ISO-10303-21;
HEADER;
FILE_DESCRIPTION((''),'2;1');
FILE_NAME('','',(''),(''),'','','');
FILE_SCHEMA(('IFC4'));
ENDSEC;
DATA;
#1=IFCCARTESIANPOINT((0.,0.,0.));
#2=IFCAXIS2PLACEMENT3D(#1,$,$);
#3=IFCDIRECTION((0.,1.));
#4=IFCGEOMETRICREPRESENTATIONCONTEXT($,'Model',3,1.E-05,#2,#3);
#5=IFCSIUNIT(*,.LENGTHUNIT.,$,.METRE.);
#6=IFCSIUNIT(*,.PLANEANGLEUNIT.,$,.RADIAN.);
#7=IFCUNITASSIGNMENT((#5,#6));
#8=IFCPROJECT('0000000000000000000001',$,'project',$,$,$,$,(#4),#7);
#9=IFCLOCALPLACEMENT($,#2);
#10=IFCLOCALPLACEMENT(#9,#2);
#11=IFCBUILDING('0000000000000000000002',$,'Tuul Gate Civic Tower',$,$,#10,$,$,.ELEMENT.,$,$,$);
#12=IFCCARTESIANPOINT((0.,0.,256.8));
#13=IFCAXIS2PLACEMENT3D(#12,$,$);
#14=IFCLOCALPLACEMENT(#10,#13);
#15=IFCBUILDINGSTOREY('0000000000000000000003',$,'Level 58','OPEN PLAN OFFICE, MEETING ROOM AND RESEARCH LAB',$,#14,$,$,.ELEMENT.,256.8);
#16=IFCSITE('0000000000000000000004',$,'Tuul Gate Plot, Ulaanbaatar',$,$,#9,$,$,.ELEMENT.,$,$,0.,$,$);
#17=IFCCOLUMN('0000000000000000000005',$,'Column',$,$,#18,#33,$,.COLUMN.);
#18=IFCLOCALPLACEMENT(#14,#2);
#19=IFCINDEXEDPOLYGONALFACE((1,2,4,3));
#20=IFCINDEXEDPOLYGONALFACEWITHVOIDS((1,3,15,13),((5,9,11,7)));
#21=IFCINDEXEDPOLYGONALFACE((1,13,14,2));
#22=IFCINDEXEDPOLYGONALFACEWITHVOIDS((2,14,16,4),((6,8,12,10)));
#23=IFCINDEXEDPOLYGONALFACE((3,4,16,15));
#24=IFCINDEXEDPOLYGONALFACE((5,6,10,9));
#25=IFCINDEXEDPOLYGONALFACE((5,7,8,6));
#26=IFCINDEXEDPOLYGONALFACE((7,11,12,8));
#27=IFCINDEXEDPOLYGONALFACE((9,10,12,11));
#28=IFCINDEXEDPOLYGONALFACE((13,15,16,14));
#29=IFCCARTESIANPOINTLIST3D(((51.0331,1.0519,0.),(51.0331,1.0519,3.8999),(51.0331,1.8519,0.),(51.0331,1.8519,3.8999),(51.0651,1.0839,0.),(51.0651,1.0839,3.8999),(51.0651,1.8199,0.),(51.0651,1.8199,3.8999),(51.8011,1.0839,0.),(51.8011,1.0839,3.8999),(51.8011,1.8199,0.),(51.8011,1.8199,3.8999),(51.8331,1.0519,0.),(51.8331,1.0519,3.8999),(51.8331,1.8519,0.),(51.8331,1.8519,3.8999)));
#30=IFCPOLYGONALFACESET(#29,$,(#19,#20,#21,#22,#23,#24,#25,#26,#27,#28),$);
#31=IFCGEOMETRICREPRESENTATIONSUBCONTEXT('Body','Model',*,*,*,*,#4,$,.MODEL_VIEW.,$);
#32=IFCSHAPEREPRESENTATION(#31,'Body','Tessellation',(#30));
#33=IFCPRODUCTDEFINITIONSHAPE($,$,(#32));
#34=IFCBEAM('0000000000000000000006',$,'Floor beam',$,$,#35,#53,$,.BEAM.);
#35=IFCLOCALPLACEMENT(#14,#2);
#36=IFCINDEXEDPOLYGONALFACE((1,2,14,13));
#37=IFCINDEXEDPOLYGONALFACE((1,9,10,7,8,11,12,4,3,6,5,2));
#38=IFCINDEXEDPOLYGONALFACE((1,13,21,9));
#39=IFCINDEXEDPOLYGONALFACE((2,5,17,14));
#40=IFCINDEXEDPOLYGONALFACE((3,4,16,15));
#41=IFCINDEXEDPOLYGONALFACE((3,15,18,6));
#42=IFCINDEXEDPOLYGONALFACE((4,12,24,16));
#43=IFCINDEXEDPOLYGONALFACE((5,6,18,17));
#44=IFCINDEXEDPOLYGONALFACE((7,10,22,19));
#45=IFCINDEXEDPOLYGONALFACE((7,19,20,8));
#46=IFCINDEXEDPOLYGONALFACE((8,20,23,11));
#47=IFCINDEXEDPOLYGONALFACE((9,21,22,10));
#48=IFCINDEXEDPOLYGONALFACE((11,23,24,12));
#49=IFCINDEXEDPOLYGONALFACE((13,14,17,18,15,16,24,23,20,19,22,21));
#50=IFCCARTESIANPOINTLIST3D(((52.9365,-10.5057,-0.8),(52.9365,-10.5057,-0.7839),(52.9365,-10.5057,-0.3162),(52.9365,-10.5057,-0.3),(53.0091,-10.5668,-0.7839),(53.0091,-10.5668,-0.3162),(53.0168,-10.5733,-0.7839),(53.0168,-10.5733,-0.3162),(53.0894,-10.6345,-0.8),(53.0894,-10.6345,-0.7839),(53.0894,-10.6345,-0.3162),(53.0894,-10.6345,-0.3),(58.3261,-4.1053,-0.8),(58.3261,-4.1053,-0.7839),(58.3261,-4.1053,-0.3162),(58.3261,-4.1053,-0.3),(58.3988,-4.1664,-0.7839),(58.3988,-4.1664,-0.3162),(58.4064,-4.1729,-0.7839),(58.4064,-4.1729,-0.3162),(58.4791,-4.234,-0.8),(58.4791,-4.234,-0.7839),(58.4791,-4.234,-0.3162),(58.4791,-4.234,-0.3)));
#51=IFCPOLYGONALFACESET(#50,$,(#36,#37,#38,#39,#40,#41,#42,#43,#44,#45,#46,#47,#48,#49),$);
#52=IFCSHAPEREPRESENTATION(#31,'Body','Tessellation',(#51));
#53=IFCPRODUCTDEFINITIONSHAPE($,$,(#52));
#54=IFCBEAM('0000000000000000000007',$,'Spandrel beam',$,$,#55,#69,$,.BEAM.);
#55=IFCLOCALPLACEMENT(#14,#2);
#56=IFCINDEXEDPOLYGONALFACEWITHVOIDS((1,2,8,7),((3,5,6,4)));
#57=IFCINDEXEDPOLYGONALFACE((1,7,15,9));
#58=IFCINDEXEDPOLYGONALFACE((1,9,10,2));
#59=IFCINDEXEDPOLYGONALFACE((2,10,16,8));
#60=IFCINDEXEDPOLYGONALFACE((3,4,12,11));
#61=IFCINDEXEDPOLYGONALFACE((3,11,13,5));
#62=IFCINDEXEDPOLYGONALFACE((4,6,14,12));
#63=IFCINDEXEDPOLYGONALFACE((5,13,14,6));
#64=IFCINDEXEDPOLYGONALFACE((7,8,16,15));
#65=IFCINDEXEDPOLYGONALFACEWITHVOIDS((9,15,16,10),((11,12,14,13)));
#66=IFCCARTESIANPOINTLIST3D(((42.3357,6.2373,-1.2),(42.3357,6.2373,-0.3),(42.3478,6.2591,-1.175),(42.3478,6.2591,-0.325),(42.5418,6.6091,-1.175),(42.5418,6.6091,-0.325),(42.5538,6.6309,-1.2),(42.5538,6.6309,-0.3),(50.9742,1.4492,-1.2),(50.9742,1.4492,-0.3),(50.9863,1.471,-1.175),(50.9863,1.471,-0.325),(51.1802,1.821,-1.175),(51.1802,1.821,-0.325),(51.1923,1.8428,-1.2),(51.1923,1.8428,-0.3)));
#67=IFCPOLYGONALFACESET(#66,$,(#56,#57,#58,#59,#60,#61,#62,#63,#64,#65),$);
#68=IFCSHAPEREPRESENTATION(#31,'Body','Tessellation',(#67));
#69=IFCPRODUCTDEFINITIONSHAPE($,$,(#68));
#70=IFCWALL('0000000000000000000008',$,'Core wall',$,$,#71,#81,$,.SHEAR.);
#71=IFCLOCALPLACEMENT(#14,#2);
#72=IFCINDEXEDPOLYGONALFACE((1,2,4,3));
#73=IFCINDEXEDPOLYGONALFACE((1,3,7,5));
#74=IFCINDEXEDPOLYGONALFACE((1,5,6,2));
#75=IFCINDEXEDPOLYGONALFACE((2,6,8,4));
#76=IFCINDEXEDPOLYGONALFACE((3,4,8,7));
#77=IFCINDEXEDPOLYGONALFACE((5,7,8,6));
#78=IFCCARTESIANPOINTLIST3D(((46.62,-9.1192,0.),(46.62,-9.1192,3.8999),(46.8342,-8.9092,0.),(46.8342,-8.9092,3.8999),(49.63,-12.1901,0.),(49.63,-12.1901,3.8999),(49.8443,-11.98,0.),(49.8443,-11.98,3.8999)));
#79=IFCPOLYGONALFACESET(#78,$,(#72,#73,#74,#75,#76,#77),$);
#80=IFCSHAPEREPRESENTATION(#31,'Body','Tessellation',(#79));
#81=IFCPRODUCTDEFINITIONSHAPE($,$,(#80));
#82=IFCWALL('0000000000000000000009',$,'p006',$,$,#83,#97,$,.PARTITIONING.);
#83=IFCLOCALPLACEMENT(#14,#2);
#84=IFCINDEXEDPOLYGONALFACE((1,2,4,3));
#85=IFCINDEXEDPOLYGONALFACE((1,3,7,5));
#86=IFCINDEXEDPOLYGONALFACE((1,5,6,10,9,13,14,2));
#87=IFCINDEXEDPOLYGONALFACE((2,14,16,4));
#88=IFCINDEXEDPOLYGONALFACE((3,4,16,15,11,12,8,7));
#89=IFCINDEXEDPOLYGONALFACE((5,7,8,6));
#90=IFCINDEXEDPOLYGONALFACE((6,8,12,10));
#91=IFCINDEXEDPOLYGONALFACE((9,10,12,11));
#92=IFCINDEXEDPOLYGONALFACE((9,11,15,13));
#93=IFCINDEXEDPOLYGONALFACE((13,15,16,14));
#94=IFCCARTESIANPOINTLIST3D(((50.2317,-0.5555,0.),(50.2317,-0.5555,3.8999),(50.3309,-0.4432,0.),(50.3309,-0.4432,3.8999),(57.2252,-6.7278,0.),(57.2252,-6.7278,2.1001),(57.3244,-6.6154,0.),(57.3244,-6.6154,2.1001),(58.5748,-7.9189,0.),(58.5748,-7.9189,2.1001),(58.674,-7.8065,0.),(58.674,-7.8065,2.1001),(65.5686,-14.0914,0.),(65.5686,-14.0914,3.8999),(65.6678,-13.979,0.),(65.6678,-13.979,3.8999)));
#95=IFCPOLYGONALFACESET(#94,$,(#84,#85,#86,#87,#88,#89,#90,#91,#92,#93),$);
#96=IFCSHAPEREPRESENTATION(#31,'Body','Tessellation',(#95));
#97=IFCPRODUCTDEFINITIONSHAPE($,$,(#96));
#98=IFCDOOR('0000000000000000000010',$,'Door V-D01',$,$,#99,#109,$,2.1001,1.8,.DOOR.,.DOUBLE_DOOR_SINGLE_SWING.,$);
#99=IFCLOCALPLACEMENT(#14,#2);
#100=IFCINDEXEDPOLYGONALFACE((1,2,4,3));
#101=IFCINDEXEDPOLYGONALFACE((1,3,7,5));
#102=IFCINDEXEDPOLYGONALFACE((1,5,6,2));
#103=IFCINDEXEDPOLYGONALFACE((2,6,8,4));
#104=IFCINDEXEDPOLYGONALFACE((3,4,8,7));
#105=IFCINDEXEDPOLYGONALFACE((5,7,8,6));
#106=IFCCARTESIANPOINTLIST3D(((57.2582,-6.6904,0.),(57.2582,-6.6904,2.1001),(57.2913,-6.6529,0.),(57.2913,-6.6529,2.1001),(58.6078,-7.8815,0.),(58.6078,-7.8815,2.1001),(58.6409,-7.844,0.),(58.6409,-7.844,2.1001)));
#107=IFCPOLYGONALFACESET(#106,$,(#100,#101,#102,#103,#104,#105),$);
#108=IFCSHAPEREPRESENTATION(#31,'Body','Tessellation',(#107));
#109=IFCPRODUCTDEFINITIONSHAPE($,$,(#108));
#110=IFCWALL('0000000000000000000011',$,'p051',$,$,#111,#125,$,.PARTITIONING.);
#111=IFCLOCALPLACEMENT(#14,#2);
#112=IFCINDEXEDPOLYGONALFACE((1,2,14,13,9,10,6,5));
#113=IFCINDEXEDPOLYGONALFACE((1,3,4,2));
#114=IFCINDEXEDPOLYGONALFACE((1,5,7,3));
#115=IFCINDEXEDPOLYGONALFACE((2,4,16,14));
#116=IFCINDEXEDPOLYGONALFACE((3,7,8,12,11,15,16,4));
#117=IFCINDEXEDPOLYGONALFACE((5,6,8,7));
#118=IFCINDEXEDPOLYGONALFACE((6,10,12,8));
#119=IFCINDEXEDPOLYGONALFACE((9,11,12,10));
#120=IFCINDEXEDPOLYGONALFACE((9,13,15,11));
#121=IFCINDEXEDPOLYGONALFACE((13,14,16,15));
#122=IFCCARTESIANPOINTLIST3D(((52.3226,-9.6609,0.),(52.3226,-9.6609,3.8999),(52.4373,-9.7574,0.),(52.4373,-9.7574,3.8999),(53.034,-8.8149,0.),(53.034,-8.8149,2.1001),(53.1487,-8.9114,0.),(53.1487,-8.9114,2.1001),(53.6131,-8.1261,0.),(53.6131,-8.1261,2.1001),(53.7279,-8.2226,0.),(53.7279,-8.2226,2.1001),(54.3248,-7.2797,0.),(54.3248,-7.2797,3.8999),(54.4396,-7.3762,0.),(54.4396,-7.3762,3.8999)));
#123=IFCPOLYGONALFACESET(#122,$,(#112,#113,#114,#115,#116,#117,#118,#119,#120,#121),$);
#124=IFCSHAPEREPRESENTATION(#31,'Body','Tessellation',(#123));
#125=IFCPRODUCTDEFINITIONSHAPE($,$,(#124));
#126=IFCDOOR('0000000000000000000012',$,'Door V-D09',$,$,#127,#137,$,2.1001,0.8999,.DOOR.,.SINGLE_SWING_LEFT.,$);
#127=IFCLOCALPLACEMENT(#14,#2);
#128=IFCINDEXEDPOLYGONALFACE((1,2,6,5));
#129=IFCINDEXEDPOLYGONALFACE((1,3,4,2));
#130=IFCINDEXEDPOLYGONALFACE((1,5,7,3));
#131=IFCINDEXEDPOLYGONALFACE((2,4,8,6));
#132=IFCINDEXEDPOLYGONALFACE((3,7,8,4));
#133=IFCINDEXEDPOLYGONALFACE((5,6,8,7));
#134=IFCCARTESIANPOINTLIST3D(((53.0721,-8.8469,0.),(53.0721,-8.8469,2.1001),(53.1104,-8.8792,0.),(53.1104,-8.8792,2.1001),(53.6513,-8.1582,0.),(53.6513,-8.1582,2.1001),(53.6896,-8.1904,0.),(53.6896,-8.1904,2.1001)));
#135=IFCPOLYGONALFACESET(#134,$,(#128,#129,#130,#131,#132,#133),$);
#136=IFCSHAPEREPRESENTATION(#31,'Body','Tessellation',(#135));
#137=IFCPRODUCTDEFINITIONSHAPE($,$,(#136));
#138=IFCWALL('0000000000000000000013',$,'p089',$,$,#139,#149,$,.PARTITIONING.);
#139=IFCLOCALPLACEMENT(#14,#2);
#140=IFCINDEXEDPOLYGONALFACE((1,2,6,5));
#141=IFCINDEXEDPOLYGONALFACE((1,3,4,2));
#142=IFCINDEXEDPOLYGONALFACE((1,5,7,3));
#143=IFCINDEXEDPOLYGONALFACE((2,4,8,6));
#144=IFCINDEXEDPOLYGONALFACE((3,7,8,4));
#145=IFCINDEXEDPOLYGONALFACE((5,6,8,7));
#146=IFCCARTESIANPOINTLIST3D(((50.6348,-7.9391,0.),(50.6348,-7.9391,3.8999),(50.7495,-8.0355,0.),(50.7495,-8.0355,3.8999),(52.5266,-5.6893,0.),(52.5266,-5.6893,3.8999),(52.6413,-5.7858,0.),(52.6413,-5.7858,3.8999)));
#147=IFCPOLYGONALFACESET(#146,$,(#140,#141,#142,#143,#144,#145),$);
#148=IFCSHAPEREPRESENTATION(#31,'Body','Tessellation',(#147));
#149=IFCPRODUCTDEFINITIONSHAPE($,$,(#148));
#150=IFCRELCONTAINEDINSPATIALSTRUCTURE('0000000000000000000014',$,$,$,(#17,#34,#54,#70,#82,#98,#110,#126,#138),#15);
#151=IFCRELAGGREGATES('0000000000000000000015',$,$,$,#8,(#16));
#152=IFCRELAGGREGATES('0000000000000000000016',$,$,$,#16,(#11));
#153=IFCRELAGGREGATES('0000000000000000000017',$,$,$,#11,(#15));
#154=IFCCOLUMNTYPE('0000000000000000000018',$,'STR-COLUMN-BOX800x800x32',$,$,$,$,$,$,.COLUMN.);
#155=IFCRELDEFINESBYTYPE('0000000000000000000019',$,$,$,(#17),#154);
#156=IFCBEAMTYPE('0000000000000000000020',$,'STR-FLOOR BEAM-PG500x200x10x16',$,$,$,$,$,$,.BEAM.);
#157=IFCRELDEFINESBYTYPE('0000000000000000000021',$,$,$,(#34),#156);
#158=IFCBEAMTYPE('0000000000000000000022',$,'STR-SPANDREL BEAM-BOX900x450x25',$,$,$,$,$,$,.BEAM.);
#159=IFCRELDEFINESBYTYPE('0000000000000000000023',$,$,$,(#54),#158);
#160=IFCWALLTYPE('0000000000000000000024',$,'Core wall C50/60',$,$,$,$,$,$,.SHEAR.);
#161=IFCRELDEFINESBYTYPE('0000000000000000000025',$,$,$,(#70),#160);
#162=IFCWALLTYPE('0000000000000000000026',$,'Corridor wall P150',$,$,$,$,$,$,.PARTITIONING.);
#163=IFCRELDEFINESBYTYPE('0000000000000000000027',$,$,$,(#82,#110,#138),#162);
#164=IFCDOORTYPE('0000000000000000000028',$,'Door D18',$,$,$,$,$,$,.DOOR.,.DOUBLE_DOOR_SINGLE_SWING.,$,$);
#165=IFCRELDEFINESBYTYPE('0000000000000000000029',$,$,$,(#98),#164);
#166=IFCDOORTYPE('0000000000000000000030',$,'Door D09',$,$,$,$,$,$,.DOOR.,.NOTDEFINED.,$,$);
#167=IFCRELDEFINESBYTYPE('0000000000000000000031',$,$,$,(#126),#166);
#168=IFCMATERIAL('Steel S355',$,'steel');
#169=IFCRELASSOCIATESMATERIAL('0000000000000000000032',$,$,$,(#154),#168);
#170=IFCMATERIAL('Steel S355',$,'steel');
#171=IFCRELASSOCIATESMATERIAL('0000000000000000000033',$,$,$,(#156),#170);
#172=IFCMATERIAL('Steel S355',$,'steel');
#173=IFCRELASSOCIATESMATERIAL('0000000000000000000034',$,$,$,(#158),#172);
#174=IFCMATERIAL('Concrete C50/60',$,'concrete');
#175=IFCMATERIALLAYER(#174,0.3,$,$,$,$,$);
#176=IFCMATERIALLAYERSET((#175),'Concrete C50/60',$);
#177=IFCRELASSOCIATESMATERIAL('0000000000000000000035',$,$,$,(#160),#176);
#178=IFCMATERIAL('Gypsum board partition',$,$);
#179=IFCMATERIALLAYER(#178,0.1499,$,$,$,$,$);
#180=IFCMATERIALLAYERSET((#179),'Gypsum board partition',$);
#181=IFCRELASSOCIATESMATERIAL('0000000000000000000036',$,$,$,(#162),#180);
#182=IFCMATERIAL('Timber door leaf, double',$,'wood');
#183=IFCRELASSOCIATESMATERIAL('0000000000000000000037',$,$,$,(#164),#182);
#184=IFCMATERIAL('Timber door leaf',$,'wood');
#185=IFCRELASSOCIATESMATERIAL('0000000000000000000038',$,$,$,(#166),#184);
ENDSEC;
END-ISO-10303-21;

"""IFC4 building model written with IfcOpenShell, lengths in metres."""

from ifc_helpers import new_model, si_unit, direction, frame, frame_2d, origin, origin_2d, place, context, subcontext, project, spatial, rectangle, hollow_rectangle, i_section, extrude, material, layer, layer_set, material_profile, profile_set, type_object, element, fill, save


model = new_model("IFC4")

# Units and contexts
model_context = context("Model", 3, precision=1e-05, world=origin(), true_north=direction((0.0, 1.0)))
body_context = subcontext(model_context, "Body", "Model", "MODEL_VIEW")
ifc_project = project(units=[si_unit("LENGTHUNIT", "METRE"), si_unit("PLANEANGLEUNIT", "RADIAN")], contexts=[model_context])

# Site, building, storey
site_placement = place(None, origin())
site = spatial("IfcSite", under=ifc_project, at=site_placement, Name="Tuul Gate Plot, Ulaanbaatar", CompositionType="ELEMENT", RefElevation=0.0)
building_placement = place(site_placement, origin())
building = spatial("IfcBuilding", under=site, at=building_placement, Name="Tuul Gate Civic Tower", CompositionType="ELEMENT")
storey_placement = place(building_placement, frame((0.0, 0.0, 256.8)))
storey = spatial("IfcBuildingStorey", under=building, at=storey_placement, Name="Level 58", Description="OPEN PLAN OFFICE, MEETING ROOM AND RESEARCH LAB", CompositionType="ELEMENT", Elevation=256.8)

# Column
ifc_material_1 = material(Name="Steel S355", Category="steel")
ifc_material_profile_1 = material_profile(ifc_material_1, hollow_rectangle(XDim=0.8, YDim=0.8, WallThickness=0.032, at=origin_2d()), Name="BOX800x800x32")
ifc_profile_set_1 = profile_set([ifc_material_profile_1], Name="Steel S355")
column_type = type_object("IfcColumnType", Name="STR-COLUMN-BOX800x800x32", PredefinedType="COLUMN", material=ifc_profile_set_1)
column_placement = place(storey_placement, frame((51.4331, 1.4519, 0.0), z_axis=(0.0, 0.0, 1.0), x_axis=(1.0, 0.0, 0.0)))
element("IfcColumn", 1, at=column_placement, inside=storey, type_object=column_type, Name="Column", PredefinedType="COLUMN", context=body_context, shape_type="SweptSolid", body=[
    extrude(hollow_rectangle(XDim=0.8, YDim=0.8, WallThickness=0.032, at=origin_2d()), origin(), (0.0, 0.0, 1.0), 3.8999),
])

# Beams
ifc_material_2 = material(Name="Steel S355", Category="steel")
ifc_material_profile_2 = material_profile(ifc_material_2, i_section(OverallWidth=0.2, OverallDepth=0.5, WebThickness=0.01, FlangeThickness=0.0161, at=origin_2d()), Name="PG500x200x10x16")
ifc_profile_set_2 = profile_set([ifc_material_profile_2], Name="Steel S355")
beam_type_1 = type_object("IfcBeamType", Name="STR-FLOOR BEAM-PG500x200x10x16", PredefinedType="BEAM", material=ifc_profile_set_2)
beam_1_placement = place(storey_placement, frame((53.0129, -10.5701, -0.55), z_axis=(0.644125, 0.76492, 0.0), x_axis=(-0.76492, 0.644125, 0.0)))
element("IfcBeam", 2, at=beam_1_placement, inside=storey, type_object=beam_type_1, Name="Floor beam", PredefinedType="BEAM", context=body_context, shape_type="SweptSolid", body=[
    extrude(i_section(OverallWidth=0.2, OverallDepth=0.5, WebThickness=0.01, FlangeThickness=0.0161, at=origin_2d()), origin(), (0.0, 0.0, 1.0), 8.3674),
])
ifc_material_3 = material(Name="Steel S355", Category="steel")
ifc_material_profile_3 = material_profile(ifc_material_3, hollow_rectangle(XDim=0.45, YDim=0.8999, WallThickness=0.0249, at=origin_2d()), Name="BOX900x450x25")
ifc_profile_set_3 = profile_set([ifc_material_profile_3], Name="Steel S355")
beam_type_2 = type_object("IfcBeamType", Name="STR-SPANDREL BEAM-BOX900x450x25", PredefinedType="BEAM", material=ifc_profile_set_3)
beam_2_placement = place(storey_placement, frame((51.0833, 1.646, -0.75), z_axis=(-0.874631, 0.484788, 0.0), x_axis=(-0.484788, -0.874631, 0.0)))
element("IfcBeam", 3, at=beam_2_placement, inside=storey, type_object=beam_type_2, Name="Spandrel beam", PredefinedType="BEAM", context=body_context, shape_type="SweptSolid", body=[
    extrude(hollow_rectangle(XDim=0.45, YDim=0.8999, WallThickness=0.0249, at=origin_2d()), origin(), (0.0, 0.0, 1.0), 9.8767),
])

# Wall
ifc_material_4 = material(Name="Concrete C50/60", Category="concrete")
ifc_layer_1 = layer(ifc_material_4, 0.3)
ifc_layer_set_1 = layer_set([ifc_layer_1], Name="Concrete C50/60")
wall_type_1 = type_object("IfcWallType", Name="Core wall C50/60", PredefinedType="SHEAR", material=ifc_layer_set_1)
wall_1_placement = place(storey_placement, frame((49.7371, -12.085, 0.0), z_axis=(0.0, 0.0, 1.0), x_axis=(-0.700003, 0.71414, 0.0)))
element("IfcWall", 4, at=wall_1_placement, inside=storey, type_object=wall_type_1, Name="Core wall", PredefinedType="SHEAR", context=body_context, shape_type="SweptSolid", body=[
    extrude(rectangle(XDim=4.3, YDim=0.3, at=frame_2d((2.1499, 0.0))), origin(), (0.0, 0.0, 1.0), 3.8999),
])

# Walls, openings, doors
ifc_material_5 = material(Name="Gypsum board partition")
ifc_layer_2 = layer(ifc_material_5, 0.1499)
ifc_layer_set_2 = layer_set([ifc_layer_2], Name="Gypsum board partition")
wall_type_2 = type_object("IfcWallType", Name="Corridor wall P150", PredefinedType="PARTITIONING", material=ifc_layer_set_2)
wall_2_placement = place(storey_placement, frame((50.2812, -0.4993, 0.0), z_axis=(0.0, 0.0, 1.0), x_axis=(0.749757, -0.661713, 0.0)))
wall_2 = element("IfcWall", 5, at=wall_2_placement, inside=storey, type_object=wall_type_2, Name="p006", PredefinedType="PARTITIONING", context=body_context, shape_type="SweptSolid", body=[
    extrude(rectangle(XDim=20.4558, YDim=0.1499, at=frame_2d((10.228, 0.0))), origin(), (0.0, 0.0, 1.0), 3.8999),
])
opening_1_placement = place(wall_2_placement, frame((9.3279, 0.0, 0.0)))
opening_1 = element("IfcOpeningElement", 6, at=opening_1_placement, cuts=wall_2, PredefinedType="OPENING", context=body_context, shape_type="SweptSolid", body=[
    extrude(rectangle(XDim=1.8, YDim=2.1001, at=frame_2d((0.8999, 1.05))), frame((0.0, 0.085, 0.0), z_axis=(0.0, -1.0, 0.0), x_axis=(1.0, 0.0, 0.0)), (0.0, 0.0, 1.0), 0.1699),
])
ifc_material_6 = material(Name="Timber door leaf, double", Category="wood")
door_type_1 = type_object("IfcDoorType", Name="Door D18", OperationType="DOUBLE_DOOR_SINGLE_SWING", PredefinedType="DOOR", material=ifc_material_6)
door_1_placement = place(opening_1_placement, origin())
door_1 = element("IfcDoor", 7, at=door_1_placement, inside=storey, type_object=door_type_1, Name="Door V-D01", OperationType="DOUBLE_DOOR_SINGLE_SWING", OverallHeight=2.1001, OverallWidth=1.8, PredefinedType="DOOR", context=body_context, shape_type="SweptSolid", body=[
    extrude(rectangle(XDim=1.8, YDim=2.1001, at=frame_2d((0.8999, 1.05))), frame((0.0, 0.0249, 0.0), z_axis=(0.0, -1.0, 0.0), x_axis=(1.0, 0.0, 0.0)), (0.0, 0.0, 1.0), 0.05),
])
fill(opening_1, door_1)
wall_3_placement = place(storey_placement, frame((52.3799, -9.7092, 0.0), z_axis=(0.0, 0.0, 1.0), x_axis=(0.643582, 0.765377, 0.0)))
wall_3 = element("IfcWall", 8, at=wall_3_placement, inside=storey, type_object=wall_type_2, Name="p051", PredefinedType="PARTITIONING", context=body_context, shape_type="SweptSolid", body=[
    extrude(rectangle(XDim=3.1111, YDim=0.1499, at=frame_2d((1.5557, 0.0))), origin(), (0.0, 0.0, 1.0), 3.8999),
])
opening_2_placement = place(wall_3_placement, frame((1.1055, 0.0, 0.0)))
opening_2 = element("IfcOpeningElement", 9, at=opening_2_placement, cuts=wall_3, PredefinedType="OPENING", context=body_context, shape_type="SweptSolid", body=[
    extrude(rectangle(XDim=0.8999, YDim=2.1001, at=frame_2d((0.45, 1.05))), frame((0.0, 0.085, 0.0), z_axis=(0.0, -1.0, 0.0), x_axis=(1.0, 0.0, 0.0)), (0.0, 0.0, 1.0), 0.1699),
])
ifc_material_7 = material(Name="Timber door leaf", Category="wood")
door_type_2 = type_object("IfcDoorType", Name="Door D09", OperationType="NOTDEFINED", PredefinedType="DOOR", material=ifc_material_7)
door_2_placement = place(opening_2_placement, frame((0.8999, 0.0, 0.0), z_axis=(0.0, 0.0, 1.0), x_axis=(-1.0, 0.0, 0.0)))
door_2 = element("IfcDoor", 10, at=door_2_placement, inside=storey, type_object=door_type_2, Name="Door V-D09", OperationType="SINGLE_SWING_LEFT", OverallHeight=2.1001, OverallWidth=0.8999, PredefinedType="DOOR", context=body_context, shape_type="SweptSolid", body=[
    extrude(rectangle(XDim=0.8999, YDim=2.1001, at=frame_2d((0.45, 1.05))), frame((0.0, 0.0249, 0.0), z_axis=(0.0, -1.0, 0.0), x_axis=(1.0, 0.0, 0.0)), (0.0, 0.0, 1.0), 0.05),
])
fill(opening_2, door_2)

# Wall
wall_4_placement = place(storey_placement, frame((50.6921, -7.9873, 0.0), z_axis=(0.0, 0.0, 1.0), x_axis=(0.643601, 0.765361, 0.0)))
element("IfcWall", 11, at=wall_4_placement, inside=storey, type_object=wall_type_2, Name="p089", PredefinedType="PARTITIONING", context=body_context, shape_type="SweptSolid", body=[
    extrude(rectangle(XDim=2.9395, YDim=0.1499, at=frame_2d((1.4697, 0.0))), origin(), (0.0, 0.0, 1.0), 3.8999),
])

save(model, "model.ifc")
